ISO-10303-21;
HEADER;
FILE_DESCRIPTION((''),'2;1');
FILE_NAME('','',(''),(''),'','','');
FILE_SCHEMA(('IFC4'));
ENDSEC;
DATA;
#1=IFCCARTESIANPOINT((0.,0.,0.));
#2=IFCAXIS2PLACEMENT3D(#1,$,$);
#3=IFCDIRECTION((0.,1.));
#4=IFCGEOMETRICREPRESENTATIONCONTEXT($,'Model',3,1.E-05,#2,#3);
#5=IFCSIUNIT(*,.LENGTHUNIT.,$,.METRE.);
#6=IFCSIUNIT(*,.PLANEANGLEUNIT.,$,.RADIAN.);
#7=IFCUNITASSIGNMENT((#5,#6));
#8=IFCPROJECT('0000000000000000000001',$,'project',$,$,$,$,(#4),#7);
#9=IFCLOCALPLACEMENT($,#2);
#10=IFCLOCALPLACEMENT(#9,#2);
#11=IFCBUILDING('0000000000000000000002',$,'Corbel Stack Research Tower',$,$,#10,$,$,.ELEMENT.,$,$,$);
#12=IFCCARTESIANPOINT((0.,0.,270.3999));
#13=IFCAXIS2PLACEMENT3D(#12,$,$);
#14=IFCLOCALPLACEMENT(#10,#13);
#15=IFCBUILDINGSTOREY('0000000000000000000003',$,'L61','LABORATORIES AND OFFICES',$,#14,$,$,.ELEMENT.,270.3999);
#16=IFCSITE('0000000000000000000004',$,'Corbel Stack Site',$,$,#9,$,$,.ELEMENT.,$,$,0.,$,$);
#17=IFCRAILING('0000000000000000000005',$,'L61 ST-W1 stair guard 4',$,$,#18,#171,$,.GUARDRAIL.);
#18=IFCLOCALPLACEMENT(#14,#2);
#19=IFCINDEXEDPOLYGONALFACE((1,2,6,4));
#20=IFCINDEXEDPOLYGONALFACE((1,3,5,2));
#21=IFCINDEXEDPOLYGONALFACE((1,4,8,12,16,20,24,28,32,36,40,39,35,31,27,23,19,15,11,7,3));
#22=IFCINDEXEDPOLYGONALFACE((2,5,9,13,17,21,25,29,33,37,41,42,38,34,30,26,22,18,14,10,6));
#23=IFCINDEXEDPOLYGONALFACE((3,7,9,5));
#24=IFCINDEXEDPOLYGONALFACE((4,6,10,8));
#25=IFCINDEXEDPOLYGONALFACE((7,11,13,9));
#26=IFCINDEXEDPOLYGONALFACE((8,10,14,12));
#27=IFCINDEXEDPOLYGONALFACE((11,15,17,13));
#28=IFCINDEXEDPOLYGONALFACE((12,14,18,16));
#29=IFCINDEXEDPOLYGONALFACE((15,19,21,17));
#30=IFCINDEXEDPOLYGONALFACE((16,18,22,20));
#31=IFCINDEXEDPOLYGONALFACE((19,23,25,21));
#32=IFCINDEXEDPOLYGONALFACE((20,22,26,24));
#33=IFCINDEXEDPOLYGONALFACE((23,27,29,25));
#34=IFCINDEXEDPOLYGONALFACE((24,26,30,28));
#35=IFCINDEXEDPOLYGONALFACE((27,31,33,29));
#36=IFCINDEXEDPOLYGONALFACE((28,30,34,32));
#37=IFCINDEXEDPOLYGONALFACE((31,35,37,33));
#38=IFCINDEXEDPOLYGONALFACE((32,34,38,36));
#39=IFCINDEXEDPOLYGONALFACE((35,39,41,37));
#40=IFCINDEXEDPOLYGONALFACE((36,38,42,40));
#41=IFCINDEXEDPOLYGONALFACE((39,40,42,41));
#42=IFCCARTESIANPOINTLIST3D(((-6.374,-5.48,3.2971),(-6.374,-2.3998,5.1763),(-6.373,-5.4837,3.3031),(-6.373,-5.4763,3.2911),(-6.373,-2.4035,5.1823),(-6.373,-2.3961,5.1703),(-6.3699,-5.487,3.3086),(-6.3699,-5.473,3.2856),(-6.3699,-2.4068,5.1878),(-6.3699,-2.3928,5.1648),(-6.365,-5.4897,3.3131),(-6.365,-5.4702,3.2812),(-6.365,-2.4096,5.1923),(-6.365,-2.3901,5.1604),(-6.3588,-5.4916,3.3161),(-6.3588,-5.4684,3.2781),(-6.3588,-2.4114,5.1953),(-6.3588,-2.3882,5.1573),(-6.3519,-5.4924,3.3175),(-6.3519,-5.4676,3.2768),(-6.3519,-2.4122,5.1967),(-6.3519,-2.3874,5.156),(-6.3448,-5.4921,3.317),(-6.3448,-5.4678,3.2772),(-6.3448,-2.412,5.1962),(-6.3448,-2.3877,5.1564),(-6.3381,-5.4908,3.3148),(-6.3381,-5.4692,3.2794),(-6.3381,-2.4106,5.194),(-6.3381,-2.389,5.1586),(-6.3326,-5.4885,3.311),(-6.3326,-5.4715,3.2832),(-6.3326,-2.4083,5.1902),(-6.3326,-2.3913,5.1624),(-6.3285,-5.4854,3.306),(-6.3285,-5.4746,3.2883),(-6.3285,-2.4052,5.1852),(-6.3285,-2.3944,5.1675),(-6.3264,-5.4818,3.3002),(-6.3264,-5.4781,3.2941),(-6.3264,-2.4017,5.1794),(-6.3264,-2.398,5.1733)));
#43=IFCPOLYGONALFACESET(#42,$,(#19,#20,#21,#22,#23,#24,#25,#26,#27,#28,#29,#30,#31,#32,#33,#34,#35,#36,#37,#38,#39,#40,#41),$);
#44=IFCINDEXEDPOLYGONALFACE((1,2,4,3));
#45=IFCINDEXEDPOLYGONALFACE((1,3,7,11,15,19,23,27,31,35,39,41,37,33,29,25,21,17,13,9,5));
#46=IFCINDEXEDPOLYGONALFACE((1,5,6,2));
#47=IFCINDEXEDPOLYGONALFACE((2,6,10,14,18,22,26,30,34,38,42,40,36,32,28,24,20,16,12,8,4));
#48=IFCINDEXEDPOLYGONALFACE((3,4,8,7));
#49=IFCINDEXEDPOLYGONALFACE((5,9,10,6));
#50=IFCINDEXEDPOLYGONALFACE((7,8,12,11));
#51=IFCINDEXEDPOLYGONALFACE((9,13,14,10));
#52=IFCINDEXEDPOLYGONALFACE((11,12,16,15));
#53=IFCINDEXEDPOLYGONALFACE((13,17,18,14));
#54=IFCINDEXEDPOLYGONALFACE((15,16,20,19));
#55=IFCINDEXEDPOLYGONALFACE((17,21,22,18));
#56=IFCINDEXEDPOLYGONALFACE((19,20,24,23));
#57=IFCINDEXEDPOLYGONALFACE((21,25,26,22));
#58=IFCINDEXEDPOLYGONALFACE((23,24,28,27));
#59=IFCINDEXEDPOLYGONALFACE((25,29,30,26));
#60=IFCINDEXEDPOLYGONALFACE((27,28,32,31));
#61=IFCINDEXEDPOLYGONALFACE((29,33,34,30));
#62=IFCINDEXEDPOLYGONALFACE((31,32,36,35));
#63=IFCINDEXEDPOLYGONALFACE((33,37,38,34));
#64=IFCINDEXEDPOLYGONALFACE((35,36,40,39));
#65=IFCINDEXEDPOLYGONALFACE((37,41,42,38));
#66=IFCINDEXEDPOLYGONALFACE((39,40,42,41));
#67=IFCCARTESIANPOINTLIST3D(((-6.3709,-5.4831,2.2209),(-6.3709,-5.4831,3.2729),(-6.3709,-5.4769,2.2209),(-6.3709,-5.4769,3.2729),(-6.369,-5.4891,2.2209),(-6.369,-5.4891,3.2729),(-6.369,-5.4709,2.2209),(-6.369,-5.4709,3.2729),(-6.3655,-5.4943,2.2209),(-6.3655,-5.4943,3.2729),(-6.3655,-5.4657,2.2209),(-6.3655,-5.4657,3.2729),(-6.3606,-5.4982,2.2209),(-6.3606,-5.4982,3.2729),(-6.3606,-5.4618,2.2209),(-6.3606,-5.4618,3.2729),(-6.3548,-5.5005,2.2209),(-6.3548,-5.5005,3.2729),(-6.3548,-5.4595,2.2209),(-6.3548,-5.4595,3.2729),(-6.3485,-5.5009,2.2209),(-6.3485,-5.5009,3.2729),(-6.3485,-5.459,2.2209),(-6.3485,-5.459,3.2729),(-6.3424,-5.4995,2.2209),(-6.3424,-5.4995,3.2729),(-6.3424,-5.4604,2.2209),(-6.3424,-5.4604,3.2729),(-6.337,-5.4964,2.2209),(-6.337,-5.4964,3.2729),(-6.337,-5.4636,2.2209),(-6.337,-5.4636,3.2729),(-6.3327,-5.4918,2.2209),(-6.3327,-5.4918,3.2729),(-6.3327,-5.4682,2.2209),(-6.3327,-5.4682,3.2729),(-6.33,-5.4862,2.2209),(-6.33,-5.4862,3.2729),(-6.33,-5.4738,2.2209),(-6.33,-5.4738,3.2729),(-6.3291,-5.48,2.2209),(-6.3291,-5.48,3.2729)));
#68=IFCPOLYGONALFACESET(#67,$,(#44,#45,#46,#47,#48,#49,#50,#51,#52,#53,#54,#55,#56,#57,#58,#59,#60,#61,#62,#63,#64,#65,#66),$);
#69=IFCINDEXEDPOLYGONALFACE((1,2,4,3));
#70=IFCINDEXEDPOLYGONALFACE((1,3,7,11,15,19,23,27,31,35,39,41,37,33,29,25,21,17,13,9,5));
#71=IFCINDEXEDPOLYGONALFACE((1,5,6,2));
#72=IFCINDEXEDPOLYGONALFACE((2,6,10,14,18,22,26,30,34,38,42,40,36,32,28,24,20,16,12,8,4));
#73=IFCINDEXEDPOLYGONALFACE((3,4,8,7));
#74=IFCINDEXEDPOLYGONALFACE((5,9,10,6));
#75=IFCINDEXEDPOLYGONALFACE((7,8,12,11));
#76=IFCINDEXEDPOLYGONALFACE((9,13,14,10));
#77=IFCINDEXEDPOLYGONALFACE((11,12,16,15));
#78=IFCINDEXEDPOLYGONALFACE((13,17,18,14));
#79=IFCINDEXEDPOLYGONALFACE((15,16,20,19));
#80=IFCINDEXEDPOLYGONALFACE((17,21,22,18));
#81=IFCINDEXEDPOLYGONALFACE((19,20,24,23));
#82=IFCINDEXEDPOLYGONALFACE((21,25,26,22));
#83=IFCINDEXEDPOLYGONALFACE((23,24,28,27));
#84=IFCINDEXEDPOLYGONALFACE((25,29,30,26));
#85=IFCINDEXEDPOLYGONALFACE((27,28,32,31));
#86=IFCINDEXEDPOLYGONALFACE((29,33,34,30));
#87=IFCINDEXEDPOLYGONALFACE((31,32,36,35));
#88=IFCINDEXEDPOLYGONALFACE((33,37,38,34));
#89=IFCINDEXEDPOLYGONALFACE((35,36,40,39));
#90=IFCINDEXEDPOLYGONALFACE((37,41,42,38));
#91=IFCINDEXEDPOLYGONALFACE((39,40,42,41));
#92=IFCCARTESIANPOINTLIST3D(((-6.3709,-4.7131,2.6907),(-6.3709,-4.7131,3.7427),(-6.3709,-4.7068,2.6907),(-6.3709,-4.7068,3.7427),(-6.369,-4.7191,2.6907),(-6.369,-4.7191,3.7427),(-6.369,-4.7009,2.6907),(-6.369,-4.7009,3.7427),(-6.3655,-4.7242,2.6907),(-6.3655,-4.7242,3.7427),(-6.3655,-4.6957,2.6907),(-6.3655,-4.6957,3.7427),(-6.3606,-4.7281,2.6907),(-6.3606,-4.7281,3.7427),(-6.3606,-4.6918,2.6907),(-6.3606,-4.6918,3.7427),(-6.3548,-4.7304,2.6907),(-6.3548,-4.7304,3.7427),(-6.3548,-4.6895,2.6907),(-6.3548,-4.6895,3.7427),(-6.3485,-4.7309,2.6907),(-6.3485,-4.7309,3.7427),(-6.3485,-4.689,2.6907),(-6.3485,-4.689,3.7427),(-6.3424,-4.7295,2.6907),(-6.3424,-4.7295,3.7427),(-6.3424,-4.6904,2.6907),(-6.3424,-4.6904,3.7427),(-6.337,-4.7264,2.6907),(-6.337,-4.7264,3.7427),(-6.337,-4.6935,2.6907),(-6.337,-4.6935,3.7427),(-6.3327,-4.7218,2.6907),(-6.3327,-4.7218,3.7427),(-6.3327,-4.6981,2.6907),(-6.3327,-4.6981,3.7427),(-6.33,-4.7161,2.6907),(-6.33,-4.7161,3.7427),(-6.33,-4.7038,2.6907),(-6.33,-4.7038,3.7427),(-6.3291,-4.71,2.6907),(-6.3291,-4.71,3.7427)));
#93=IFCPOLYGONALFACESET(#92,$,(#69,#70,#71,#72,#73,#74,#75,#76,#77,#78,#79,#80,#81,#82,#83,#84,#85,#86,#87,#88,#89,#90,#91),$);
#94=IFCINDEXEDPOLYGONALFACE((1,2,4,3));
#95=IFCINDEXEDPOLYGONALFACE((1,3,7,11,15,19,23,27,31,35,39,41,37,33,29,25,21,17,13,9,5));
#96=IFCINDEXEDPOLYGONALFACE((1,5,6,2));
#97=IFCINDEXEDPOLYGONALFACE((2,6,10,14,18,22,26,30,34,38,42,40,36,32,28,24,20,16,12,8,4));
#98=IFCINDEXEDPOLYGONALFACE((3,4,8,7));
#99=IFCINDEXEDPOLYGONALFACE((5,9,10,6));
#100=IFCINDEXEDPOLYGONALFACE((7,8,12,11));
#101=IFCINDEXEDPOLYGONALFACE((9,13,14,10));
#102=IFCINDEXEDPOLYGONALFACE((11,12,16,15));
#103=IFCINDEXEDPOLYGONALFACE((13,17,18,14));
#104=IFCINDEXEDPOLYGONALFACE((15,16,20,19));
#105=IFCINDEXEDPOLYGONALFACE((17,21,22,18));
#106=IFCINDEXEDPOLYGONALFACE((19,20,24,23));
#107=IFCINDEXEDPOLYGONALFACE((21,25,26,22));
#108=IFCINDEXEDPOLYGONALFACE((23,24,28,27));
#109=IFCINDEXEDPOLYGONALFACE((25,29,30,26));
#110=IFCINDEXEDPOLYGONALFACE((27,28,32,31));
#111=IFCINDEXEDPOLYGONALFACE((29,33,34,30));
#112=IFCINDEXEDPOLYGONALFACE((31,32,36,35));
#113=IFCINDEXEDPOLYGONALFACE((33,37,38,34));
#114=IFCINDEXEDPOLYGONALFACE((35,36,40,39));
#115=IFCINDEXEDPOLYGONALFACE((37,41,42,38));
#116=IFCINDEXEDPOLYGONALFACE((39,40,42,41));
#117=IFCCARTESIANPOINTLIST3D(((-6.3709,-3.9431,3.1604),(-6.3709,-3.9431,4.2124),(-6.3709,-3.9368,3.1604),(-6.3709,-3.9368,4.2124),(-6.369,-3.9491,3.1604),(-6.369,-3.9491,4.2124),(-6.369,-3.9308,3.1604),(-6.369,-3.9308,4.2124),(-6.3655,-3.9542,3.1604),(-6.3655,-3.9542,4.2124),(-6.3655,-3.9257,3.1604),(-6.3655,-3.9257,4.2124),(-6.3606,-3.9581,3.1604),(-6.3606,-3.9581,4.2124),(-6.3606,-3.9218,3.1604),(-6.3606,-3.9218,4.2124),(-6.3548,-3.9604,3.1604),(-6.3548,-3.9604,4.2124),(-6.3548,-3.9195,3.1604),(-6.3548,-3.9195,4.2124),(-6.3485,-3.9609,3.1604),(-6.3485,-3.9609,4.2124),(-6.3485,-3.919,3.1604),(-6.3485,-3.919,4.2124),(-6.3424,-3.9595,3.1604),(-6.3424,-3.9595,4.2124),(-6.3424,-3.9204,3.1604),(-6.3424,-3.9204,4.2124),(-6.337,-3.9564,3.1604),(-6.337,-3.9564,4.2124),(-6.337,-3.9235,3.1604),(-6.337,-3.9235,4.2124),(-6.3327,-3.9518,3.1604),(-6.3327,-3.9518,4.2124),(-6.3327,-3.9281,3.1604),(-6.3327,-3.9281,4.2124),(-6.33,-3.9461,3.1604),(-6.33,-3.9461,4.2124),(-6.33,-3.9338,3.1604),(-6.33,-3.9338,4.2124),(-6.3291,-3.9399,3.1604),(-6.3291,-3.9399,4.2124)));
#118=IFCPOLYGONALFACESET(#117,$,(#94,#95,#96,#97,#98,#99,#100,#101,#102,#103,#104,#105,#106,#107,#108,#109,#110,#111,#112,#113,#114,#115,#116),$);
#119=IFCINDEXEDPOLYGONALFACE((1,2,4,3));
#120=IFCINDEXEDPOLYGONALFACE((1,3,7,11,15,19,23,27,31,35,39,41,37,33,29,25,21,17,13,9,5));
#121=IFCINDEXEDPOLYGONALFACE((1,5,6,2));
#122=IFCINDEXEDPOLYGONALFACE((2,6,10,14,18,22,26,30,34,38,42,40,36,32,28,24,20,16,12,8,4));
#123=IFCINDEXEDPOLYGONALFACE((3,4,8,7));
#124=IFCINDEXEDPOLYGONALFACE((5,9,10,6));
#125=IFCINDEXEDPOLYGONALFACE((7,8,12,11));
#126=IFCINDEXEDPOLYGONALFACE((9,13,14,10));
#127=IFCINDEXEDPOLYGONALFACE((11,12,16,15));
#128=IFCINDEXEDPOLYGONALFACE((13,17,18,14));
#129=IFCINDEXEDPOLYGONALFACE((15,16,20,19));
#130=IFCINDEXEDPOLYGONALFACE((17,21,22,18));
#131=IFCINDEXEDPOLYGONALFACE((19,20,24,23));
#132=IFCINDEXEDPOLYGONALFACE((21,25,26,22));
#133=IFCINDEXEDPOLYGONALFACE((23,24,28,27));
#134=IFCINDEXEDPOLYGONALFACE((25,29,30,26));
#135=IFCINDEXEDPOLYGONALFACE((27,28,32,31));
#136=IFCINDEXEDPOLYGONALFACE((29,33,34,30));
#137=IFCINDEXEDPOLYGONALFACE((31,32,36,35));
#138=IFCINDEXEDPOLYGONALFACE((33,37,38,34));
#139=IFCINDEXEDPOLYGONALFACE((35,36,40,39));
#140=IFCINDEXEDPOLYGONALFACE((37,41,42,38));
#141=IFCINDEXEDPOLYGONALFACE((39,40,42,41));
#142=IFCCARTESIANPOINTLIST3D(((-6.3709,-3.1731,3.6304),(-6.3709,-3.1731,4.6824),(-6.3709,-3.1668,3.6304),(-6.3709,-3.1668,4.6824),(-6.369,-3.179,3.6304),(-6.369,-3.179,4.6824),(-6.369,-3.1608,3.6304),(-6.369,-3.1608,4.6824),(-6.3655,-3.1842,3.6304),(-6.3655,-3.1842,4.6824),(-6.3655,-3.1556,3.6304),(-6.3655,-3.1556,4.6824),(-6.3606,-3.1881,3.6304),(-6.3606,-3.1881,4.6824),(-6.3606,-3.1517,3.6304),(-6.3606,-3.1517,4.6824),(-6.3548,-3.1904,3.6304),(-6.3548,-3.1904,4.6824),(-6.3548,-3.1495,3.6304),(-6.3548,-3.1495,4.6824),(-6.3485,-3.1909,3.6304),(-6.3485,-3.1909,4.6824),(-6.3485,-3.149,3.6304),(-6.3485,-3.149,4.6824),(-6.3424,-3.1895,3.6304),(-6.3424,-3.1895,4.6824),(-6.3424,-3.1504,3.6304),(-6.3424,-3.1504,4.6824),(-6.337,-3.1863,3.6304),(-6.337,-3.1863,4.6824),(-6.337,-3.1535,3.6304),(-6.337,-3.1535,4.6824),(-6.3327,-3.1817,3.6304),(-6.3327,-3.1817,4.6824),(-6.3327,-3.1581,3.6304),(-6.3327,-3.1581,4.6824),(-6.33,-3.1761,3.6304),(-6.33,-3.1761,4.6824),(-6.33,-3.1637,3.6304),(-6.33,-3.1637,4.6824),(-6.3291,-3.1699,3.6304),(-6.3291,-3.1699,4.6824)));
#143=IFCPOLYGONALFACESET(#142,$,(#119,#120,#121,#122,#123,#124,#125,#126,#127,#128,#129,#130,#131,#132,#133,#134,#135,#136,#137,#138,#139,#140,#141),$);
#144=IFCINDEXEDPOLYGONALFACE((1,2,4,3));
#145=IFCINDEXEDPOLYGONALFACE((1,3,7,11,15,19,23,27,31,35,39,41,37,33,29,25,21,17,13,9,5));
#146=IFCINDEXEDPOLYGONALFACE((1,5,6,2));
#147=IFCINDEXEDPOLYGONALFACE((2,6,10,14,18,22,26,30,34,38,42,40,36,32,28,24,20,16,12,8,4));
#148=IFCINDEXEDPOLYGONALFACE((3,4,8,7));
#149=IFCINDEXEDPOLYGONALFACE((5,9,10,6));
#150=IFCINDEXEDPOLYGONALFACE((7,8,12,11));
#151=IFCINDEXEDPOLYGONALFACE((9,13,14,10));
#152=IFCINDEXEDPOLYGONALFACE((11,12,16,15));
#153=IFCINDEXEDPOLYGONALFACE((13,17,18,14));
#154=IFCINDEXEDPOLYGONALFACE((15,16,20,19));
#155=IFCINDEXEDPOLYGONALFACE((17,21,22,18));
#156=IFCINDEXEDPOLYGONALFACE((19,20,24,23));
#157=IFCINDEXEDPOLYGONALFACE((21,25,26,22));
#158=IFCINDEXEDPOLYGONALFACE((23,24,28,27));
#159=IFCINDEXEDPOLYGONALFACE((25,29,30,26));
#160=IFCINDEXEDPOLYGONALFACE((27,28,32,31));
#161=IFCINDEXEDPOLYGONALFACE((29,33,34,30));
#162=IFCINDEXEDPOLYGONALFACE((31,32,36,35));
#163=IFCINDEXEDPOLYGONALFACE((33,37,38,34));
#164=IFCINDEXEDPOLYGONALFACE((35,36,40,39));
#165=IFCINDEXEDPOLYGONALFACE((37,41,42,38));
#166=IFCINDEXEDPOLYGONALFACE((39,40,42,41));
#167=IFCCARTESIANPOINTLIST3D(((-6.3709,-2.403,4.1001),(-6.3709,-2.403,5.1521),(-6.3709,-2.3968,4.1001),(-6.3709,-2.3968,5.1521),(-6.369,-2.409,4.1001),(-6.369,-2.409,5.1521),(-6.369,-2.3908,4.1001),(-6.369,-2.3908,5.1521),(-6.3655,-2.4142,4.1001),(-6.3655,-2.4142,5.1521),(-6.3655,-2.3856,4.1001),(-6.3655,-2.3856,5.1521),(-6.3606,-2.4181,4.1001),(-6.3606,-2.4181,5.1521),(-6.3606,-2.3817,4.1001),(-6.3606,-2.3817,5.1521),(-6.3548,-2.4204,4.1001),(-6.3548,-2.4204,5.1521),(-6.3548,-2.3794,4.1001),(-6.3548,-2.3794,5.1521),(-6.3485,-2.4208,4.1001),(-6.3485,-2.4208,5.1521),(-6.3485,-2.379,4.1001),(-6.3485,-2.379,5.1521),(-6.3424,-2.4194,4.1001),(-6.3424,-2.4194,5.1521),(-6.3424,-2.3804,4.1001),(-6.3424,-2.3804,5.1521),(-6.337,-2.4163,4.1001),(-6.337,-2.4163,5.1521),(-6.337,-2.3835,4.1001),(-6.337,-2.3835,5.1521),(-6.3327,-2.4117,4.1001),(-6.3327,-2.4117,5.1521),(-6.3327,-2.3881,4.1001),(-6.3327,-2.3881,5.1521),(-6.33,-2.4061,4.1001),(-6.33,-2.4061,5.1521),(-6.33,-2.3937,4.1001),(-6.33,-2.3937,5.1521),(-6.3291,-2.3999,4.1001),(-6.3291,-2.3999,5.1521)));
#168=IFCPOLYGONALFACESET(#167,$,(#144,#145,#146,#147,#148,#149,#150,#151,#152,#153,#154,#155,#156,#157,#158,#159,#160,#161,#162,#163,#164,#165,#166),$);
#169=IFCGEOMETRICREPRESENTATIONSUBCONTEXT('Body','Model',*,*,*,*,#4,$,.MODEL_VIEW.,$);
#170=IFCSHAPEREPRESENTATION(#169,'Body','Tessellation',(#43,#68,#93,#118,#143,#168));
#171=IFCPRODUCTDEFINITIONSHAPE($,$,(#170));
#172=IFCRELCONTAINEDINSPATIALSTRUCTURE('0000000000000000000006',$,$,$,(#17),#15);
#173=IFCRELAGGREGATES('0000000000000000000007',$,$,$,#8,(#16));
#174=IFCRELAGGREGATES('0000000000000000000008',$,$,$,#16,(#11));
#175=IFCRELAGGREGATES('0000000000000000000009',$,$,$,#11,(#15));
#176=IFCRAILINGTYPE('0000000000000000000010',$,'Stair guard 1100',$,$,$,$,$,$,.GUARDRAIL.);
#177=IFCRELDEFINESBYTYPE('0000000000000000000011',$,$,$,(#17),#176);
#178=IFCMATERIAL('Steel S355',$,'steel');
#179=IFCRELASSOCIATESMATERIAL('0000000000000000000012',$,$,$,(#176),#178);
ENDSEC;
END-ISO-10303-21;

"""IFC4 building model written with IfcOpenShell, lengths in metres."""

from ifc_helpers import new_model, si_unit, direction, frame, origin, origin_2d, place, context, subcontext, project, spatial, circle, extrude, material, type_object, element, save


model = new_model("IFC4")

# Units and contexts
model_context = context("Model", 3, precision=1e-05, world=origin(), true_north=direction((0.0, 1.0)))
body_context = subcontext(model_context, "Body", "Model", "MODEL_VIEW")
ifc_project = project(units=[si_unit("LENGTHUNIT", "METRE"), si_unit("PLANEANGLEUNIT", "RADIAN")], contexts=[model_context])

# Site, building, storey
site_placement = place(None, origin())
site = spatial("IfcSite", under=ifc_project, at=site_placement, Name="Corbel Stack Site", CompositionType="ELEMENT", RefElevation=0.0)
building_placement = place(site_placement, origin())
building = spatial("IfcBuilding", under=site, at=building_placement, Name="Corbel Stack Research Tower", CompositionType="ELEMENT")
storey_placement = place(building_placement, frame((0.0, 0.0, 270.3999)))
storey = spatial("IfcBuildingStorey", under=building, at=storey_placement, Name="L61", Description="LABORATORIES AND OFFICES", CompositionType="ELEMENT", Elevation=270.3999)

# Railing
ifc_material_1 = material(Name="Steel S355", Category="steel")
railing_type_1 = type_object("IfcRailingType", Name="Stair guard 1100", PredefinedType="GUARDRAIL", material=ifc_material_1)
railing_1_placement = place(storey_placement, frame((-6.3501, -5.48, 2.2209)))
element("IfcRailing", 1, at=railing_1_placement, inside=storey, type_object=railing_type_1, Name="L61 ST-W1 stair guard 4", PredefinedType="GUARDRAIL", context=body_context, shape_type="SweptSolid", body=[
    extrude(circle(Radius=0.0239, at=origin_2d()), frame((0.0, 0.0, 1.0762), z_axis=(0.0, 0.853666, 0.52082), x_axis=(-1.0, 0.0, 0.0)), (0.0, 0.0, 1.0), 3.6082),
    extrude(circle(Radius=0.021, at=origin_2d()), origin(), (0.0, 0.0, 1.0), 1.052),
    extrude(circle(Radius=0.021, at=origin_2d()), frame((0.0, 0.77, 0.4697)), (0.0, 0.0, 1.0), 1.052),
    extrude(circle(Radius=0.021, at=origin_2d()), frame((0.0, 1.54, 0.9395)), (0.0, 0.0, 1.0), 1.052),
    extrude(circle(Radius=0.021, at=origin_2d()), frame((0.0, 2.3101, 1.4094)), (0.0, 0.0, 1.0), 1.052),
    extrude(circle(Radius=0.021, at=origin_2d()), frame((0.0, 3.0801, 1.8792)), (0.0, 0.0, 1.0), 1.052),
])

save(model, "model.ifc")
